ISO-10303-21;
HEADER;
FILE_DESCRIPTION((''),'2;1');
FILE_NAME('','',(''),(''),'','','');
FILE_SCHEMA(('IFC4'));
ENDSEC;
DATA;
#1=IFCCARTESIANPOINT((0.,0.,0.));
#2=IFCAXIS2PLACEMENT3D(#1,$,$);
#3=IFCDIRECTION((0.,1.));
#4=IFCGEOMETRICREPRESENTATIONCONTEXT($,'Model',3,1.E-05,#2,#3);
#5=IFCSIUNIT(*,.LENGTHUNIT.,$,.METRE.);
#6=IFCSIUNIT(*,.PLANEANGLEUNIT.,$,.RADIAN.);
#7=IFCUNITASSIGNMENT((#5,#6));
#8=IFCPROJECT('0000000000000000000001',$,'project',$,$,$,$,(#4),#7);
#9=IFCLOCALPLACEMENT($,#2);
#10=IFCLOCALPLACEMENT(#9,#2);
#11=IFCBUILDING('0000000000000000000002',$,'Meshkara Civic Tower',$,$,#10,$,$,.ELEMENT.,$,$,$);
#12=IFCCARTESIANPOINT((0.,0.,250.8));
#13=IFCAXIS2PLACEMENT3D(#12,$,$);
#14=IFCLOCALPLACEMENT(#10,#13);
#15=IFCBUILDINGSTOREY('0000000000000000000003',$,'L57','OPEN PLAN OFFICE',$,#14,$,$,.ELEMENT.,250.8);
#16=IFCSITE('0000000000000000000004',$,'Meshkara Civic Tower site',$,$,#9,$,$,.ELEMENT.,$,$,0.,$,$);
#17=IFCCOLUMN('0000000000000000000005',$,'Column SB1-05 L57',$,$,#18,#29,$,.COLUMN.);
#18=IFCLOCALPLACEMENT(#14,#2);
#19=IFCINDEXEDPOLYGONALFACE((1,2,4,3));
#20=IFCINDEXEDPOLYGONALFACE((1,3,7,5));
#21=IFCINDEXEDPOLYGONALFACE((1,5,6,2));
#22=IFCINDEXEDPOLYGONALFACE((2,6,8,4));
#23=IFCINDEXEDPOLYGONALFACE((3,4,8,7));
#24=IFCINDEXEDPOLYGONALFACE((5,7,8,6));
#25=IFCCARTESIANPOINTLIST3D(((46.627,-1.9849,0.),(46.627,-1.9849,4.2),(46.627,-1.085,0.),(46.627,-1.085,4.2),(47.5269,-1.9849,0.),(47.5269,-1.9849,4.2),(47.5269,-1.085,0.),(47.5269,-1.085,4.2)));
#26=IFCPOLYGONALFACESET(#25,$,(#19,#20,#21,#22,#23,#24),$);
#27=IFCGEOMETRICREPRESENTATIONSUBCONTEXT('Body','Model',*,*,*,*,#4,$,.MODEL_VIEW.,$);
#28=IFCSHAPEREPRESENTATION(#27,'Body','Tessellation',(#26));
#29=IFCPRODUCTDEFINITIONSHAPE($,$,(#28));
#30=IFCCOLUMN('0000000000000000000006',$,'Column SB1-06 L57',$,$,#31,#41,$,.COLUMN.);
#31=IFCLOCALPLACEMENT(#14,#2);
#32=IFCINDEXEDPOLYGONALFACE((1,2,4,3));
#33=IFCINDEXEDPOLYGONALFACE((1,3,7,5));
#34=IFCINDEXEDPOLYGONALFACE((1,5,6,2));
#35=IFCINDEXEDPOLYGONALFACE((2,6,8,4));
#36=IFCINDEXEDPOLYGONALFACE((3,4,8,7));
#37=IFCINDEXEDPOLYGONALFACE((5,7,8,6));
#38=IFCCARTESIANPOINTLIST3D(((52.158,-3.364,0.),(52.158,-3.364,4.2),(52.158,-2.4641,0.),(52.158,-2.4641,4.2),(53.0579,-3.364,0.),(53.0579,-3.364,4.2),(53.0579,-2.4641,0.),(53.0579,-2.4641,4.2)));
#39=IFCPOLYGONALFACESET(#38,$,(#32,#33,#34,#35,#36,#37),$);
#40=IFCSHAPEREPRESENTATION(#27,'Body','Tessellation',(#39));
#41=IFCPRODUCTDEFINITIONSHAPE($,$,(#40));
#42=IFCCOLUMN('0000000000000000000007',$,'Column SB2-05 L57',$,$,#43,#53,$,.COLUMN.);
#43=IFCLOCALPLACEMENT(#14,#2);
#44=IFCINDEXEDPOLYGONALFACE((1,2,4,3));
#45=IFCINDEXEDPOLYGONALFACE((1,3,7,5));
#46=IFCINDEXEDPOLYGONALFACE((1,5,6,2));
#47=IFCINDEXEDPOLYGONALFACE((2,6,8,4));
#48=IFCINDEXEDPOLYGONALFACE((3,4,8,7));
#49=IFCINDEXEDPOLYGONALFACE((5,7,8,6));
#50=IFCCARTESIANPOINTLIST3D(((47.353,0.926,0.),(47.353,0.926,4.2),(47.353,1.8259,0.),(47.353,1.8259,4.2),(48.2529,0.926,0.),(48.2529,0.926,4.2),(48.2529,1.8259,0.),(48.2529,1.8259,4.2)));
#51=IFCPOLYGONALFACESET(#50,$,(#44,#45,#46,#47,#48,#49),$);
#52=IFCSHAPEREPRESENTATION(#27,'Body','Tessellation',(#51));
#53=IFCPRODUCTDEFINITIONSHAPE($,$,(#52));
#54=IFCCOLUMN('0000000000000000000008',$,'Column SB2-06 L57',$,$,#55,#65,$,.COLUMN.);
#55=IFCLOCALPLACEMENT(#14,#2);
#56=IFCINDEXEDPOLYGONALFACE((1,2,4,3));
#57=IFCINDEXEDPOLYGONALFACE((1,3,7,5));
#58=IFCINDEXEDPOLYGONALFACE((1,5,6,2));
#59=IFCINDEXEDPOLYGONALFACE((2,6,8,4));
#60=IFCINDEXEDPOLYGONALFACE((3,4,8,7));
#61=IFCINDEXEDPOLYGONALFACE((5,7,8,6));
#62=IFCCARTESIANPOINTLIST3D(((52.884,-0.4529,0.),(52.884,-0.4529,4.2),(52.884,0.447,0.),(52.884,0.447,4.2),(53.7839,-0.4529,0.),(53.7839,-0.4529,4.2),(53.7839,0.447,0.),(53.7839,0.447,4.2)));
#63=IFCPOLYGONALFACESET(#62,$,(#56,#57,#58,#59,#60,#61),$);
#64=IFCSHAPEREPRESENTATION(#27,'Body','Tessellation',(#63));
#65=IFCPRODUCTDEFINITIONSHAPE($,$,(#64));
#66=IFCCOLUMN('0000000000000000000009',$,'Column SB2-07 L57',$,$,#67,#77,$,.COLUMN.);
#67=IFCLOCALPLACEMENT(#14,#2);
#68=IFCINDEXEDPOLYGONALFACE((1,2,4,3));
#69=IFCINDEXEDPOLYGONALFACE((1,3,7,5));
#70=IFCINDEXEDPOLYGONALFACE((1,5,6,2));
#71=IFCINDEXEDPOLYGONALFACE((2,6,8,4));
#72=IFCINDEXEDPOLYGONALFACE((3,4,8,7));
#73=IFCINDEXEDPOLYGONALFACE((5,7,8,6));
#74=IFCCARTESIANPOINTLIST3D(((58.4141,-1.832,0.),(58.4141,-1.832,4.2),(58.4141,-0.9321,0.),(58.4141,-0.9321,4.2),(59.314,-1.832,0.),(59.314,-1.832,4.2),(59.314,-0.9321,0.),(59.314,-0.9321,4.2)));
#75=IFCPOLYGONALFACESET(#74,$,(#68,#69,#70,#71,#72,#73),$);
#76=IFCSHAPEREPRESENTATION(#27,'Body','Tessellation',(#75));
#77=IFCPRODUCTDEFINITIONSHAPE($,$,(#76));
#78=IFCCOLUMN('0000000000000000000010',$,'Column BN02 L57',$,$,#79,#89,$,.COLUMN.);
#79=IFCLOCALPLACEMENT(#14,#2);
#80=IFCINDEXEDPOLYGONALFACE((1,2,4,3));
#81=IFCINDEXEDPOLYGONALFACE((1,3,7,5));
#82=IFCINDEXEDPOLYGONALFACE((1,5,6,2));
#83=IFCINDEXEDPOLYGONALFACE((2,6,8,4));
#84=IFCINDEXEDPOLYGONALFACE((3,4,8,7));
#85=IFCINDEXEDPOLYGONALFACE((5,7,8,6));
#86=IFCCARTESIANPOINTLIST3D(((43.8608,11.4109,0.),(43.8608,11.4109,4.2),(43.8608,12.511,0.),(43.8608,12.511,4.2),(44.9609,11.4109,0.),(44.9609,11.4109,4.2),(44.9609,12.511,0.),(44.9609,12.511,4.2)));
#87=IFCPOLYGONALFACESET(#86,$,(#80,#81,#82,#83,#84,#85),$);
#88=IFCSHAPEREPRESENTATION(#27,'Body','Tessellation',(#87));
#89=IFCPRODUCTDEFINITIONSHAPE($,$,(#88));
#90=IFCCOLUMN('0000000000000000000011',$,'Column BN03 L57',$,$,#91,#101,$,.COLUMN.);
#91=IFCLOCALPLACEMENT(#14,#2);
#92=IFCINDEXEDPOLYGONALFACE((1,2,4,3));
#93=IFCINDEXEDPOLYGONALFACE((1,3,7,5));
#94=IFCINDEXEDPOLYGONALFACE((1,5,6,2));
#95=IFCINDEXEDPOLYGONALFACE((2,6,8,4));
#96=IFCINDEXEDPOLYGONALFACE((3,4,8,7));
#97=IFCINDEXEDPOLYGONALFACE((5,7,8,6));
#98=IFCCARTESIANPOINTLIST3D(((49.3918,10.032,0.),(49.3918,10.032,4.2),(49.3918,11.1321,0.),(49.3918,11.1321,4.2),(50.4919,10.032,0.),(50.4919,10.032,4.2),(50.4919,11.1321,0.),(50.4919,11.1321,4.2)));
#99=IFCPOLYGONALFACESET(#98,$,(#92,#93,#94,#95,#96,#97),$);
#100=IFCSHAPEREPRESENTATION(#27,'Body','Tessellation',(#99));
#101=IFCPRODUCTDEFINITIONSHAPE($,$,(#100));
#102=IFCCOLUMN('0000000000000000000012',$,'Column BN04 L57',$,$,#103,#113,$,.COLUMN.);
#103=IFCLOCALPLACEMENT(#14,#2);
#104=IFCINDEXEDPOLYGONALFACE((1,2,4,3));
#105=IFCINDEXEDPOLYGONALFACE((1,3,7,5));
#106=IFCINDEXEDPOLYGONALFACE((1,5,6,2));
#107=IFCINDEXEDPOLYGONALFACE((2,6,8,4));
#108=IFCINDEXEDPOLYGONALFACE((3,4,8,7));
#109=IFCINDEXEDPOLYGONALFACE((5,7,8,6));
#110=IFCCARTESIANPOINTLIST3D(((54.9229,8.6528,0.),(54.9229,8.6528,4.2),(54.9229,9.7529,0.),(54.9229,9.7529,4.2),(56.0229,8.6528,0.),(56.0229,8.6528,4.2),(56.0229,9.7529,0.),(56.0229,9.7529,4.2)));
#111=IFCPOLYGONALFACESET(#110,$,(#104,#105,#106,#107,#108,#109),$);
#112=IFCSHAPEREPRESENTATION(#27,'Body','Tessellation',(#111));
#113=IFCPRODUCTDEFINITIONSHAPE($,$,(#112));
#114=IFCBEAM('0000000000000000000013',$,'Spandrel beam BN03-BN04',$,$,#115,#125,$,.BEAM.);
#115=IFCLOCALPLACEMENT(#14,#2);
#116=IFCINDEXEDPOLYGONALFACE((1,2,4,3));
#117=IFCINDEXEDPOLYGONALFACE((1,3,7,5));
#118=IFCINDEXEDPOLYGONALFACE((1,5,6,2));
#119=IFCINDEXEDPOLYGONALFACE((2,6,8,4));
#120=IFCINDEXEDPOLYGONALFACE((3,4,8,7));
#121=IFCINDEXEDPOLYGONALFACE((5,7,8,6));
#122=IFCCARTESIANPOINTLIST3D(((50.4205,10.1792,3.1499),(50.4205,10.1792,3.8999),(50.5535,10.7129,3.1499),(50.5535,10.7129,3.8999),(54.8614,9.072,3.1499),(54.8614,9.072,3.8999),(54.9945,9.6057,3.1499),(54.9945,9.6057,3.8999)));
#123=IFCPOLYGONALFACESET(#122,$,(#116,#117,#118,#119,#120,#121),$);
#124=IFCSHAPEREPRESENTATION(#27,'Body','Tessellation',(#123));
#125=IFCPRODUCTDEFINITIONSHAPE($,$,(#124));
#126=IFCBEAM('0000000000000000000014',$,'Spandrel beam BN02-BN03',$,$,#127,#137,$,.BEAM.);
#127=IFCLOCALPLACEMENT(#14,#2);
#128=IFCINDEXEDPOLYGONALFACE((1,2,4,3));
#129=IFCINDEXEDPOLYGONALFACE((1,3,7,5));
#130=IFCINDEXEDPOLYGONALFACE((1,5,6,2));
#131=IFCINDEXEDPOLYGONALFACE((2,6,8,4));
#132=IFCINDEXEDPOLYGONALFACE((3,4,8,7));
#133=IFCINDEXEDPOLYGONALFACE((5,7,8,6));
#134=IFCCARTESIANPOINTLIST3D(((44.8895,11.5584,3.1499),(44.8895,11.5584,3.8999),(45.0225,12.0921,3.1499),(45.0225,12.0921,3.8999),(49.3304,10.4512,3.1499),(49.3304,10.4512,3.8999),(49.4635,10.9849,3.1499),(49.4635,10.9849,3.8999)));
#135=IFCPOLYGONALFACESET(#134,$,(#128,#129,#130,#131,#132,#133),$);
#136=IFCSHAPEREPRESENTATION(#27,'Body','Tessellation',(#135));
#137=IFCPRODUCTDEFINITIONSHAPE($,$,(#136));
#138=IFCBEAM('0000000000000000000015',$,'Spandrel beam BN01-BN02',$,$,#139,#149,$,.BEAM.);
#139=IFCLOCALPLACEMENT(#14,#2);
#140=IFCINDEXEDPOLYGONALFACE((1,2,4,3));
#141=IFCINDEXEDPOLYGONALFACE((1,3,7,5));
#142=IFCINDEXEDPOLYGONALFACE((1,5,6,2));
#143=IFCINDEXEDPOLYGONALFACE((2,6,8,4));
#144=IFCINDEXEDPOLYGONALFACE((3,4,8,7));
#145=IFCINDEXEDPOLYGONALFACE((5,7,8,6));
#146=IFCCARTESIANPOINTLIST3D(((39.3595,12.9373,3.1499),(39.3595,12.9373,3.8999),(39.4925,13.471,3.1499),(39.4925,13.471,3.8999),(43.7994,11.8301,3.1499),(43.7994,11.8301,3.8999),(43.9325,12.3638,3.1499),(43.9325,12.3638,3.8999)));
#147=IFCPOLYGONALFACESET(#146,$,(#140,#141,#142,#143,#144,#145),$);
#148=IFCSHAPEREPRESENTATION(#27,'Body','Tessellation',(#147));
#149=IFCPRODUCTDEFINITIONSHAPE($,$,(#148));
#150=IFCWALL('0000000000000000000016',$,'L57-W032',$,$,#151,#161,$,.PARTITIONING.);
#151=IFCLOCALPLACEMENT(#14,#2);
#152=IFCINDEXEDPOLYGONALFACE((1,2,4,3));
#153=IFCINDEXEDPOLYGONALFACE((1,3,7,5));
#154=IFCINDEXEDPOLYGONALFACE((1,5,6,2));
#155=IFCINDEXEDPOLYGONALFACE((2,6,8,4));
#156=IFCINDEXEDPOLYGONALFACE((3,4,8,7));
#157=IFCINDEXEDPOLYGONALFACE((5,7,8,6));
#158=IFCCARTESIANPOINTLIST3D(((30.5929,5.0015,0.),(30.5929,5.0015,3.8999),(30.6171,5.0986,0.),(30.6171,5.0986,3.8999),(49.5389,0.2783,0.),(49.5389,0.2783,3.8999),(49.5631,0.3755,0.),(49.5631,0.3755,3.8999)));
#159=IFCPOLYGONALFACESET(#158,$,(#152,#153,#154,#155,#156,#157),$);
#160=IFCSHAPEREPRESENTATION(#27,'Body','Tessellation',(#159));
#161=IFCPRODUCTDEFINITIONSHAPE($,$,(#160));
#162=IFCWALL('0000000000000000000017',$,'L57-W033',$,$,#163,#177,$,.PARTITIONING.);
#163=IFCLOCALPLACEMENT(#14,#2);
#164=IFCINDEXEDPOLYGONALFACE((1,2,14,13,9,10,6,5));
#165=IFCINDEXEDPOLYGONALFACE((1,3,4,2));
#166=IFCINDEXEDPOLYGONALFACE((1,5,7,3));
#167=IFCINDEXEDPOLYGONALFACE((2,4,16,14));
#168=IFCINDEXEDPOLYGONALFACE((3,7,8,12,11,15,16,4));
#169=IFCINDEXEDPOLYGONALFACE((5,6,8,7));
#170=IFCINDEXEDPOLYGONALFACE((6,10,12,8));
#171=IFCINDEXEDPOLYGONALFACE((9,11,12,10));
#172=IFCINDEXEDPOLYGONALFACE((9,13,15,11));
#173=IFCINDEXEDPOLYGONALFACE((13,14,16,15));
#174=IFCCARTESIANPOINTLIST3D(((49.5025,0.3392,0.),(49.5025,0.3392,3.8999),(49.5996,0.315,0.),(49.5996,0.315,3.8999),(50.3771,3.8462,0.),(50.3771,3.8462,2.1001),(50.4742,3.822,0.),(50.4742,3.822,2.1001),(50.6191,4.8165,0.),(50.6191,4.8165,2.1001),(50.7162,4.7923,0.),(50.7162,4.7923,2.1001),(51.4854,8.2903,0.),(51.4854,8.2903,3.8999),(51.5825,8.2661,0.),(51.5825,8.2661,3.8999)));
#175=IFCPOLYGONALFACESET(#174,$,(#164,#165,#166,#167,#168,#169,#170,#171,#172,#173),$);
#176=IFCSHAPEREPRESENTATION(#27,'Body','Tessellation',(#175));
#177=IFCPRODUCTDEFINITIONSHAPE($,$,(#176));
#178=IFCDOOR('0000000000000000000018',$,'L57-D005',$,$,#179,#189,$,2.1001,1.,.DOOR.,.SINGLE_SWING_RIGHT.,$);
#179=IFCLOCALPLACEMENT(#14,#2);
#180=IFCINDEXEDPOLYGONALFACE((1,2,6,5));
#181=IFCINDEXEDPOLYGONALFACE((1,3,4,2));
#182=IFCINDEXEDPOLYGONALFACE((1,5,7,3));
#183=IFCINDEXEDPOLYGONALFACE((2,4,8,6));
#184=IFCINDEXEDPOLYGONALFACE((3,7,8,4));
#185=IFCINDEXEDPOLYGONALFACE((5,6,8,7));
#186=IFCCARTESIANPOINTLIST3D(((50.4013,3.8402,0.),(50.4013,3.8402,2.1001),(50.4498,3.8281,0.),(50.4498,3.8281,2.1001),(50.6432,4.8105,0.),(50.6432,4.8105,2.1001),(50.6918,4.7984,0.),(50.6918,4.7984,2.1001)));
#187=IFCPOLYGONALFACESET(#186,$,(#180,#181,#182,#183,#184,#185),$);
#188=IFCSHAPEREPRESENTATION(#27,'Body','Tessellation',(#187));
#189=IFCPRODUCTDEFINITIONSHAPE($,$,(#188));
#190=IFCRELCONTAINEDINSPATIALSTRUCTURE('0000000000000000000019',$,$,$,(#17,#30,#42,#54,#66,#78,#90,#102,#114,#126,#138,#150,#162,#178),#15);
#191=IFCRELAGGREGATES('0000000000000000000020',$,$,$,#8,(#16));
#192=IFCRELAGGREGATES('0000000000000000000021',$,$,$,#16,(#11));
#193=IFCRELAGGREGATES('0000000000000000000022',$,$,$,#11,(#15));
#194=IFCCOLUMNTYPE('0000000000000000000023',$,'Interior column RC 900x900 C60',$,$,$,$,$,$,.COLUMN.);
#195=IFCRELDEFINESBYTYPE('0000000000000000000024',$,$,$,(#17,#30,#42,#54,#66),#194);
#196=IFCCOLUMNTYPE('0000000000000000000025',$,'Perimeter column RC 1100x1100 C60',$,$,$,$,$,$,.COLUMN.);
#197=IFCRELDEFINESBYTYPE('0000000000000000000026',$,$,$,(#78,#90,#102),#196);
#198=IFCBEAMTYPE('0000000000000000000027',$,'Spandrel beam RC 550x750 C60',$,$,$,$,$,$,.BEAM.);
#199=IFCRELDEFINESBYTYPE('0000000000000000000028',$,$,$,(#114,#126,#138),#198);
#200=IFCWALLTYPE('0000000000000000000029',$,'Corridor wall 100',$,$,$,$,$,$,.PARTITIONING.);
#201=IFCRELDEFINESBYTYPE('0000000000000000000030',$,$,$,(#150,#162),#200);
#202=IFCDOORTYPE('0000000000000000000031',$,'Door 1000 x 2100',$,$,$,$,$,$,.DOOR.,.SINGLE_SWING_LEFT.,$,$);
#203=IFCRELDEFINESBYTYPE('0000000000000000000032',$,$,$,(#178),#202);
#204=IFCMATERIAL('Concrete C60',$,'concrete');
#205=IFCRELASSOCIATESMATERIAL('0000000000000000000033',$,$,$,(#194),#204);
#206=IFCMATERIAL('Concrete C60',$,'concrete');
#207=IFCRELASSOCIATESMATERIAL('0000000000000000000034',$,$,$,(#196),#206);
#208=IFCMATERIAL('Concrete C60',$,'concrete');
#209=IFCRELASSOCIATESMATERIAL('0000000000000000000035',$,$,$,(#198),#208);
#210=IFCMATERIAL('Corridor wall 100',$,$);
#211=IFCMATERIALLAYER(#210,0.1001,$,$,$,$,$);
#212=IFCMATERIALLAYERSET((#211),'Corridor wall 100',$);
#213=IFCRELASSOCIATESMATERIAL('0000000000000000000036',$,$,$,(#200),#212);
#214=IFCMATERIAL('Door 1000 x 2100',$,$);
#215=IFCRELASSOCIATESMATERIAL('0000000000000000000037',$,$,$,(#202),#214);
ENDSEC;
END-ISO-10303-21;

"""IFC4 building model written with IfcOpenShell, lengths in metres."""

from ifc_helpers import new_model, si_unit, direction, frame, frame_2d, origin, origin_2d, place, context, subcontext, project, spatial, rectangle, extrude, material, layer, layer_set, material_profile, profile_set, type_object, element, fill, save


model = new_model("IFC4")

# Units and contexts
model_context = context("Model", 3, precision=1e-05, world=origin(), true_north=direction((0.0, 1.0)))
body_context = subcontext(model_context, "Body", "Model", "MODEL_VIEW")
ifc_project = project(units=[si_unit("LENGTHUNIT", "METRE"), si_unit("PLANEANGLEUNIT", "RADIAN")], contexts=[model_context])

# Site, building, storey
site_placement = place(None, origin())
site = spatial("IfcSite", under=ifc_project, at=site_placement, Name="Meshkara Civic Tower site", CompositionType="ELEMENT", RefElevation=0.0)
building_placement = place(site_placement, origin())
building = spatial("IfcBuilding", under=site, at=building_placement, Name="Meshkara Civic Tower", CompositionType="ELEMENT")
storey_placement = place(building_placement, frame((0.0, 0.0, 250.8)))
storey = spatial("IfcBuildingStorey", under=building, at=storey_placement, Name="L57", Description="OPEN PLAN OFFICE", CompositionType="ELEMENT", Elevation=250.8)

# Columns
ifc_material_1 = material(Name="Concrete C60", Category="concrete")
ifc_material_profile_1 = material_profile(ifc_material_1, rectangle(XDim=0.8999, YDim=0.8999, at=origin_2d()))
ifc_profile_set_1 = profile_set([ifc_material_profile_1], Name="Concrete C60")
column_type_1 = type_object("IfcColumnType", Name="Interior column RC 900x900 C60", PredefinedType="COLUMN", material=ifc_profile_set_1)
for number, where, z_axis, x_axis, name in (
    (1, (47.0769, -1.5349, 0.0), (0.0, 0.0, 1.0), (1.0, 0.0, 0.0), "Column SB1-05 L57"),
    (2, (52.6079, -2.9141, 0.0), (0.0, 0.0, 1.0), (1.0, 0.0, 0.0), "Column SB1-06 L57"),
    (3, (47.803, 1.376, 0.0), (0.0, 0.0, 1.0), (1.0, 0.0, 0.0), "Column SB2-05 L57"),
    (4, (53.334, -0.0029, 0.0), (0.0, 0.0, 1.0), (1.0, 0.0, 0.0), "Column SB2-06 L57"),
    (5, (58.864, -1.3821, 0.0), (0.0, 0.0, 1.0), (1.0, 0.0, 0.0), "Column SB2-07 L57"),
):
    element("IfcColumn", number, at=place(storey_placement, frame(where, z_axis=z_axis, x_axis=x_axis)), inside=storey, type_object=column_type_1, Name=name, PredefinedType="COLUMN", context=body_context, shape_type="SweptSolid", body=[
        extrude(rectangle(XDim=0.8999, YDim=0.8999, at=origin_2d()), origin(), (0.0, 0.0, 1.0), 4.2),
    ])
ifc_material_2 = material(Name="Concrete C60", Category="concrete")
ifc_material_profile_2 = material_profile(ifc_material_2, rectangle(XDim=1.1001, YDim=1.1001, at=origin_2d()))
ifc_profile_set_2 = profile_set([ifc_material_profile_2], Name="Concrete C60")
column_type_2 = type_object("IfcColumnType", Name="Perimeter column RC 1100x1100 C60", PredefinedType="COLUMN", material=ifc_profile_set_2)
for number, where, z_axis, x_axis, name in (
    (6, (44.4109, 11.9609, 0.0), (0.0, 0.0, 1.0), (1.0, 0.0, 0.0), "Column BN02 L57"),
    (7, (49.9419, 10.582, 0.0), (0.0, 0.0, 1.0), (1.0, 0.0, 0.0), "Column BN03 L57"),
    (8, (55.4729, 9.2029, 0.0), (0.0, 0.0, 1.0), (1.0, 0.0, 0.0), "Column BN04 L57"),
):
    element("IfcColumn", number, at=place(storey_placement, frame(where, z_axis=z_axis, x_axis=x_axis)), inside=storey, type_object=column_type_2, Name=name, PredefinedType="COLUMN", context=body_context, shape_type="SweptSolid", body=[
        extrude(rectangle(XDim=1.1001, YDim=1.1001, at=origin_2d()), origin(), (0.0, 0.0, 1.0), 4.2),
    ])

# Beams
ifc_material_3 = material(Name="Concrete C60", Category="concrete")
ifc_material_profile_3 = material_profile(ifc_material_3, rectangle(XDim=0.55, YDim=0.75, at=origin_2d()))
ifc_profile_set_3 = profile_set([ifc_material_profile_3], Name="Concrete C60")
beam_type = type_object("IfcBeamType", Name="Spandrel beam RC 550x750 C60", PredefinedType="BEAM", material=ifc_profile_set_3)
for number, where, z_axis, x_axis, name in (
    (9, (54.928, 9.3389, 3.5249), (-0.970299, 0.241908, 0.0), (-0.241908, -0.970299, 0.0), "Spandrel beam BN03-BN04"),
    (10, (49.397, 10.718, 3.5249), (-0.970299, 0.241908, 0.0), (-0.241908, -0.970299, 0.0), "Spandrel beam BN02-BN03"),
):
    element("IfcBeam", number, at=place(storey_placement, frame(where, z_axis=z_axis, x_axis=x_axis)), inside=storey, type_object=beam_type, Name=name, PredefinedType="BEAM", context=body_context, shape_type="SweptSolid", body=[
        extrude(rectangle(XDim=0.55, YDim=0.75, at=origin_2d()), origin(), (0.0, 0.0, 1.0), 4.5769),
    ])
beam_placement = place(storey_placement, frame((43.866, 12.0969, 3.5249), z_axis=(-0.970287, 0.241958, 0.0), x_axis=(-0.241958, -0.970287, 0.0)))
element("IfcBeam", 11, at=beam_placement, inside=storey, type_object=beam_type, Name="Spandrel beam BN01-BN02", PredefinedType="BEAM", context=body_context, shape_type="SweptSolid", body=[
    extrude(rectangle(XDim=0.55, YDim=0.75, at=origin_2d()), origin(), (0.0, 0.0, 1.0), 4.5759),
])

# Wall
ifc_material_4 = material(Name="Corridor wall 100")
ifc_layer_1 = layer(ifc_material_4, 0.1001)
ifc_layer_set_1 = layer_set([ifc_layer_1], Name="Corridor wall 100")
wall_type_1 = type_object("IfcWallType", Name="Corridor wall 100", PredefinedType="PARTITIONING", material=ifc_layer_set_1)
wall_1_placement = place(storey_placement, frame((49.551, 0.3269, 0.0), z_axis=(0.0, 0.0, 1.0), x_axis=(-0.970303, 0.241891, 0.0)))
element("IfcWall", 12, at=wall_1_placement, inside=storey, type_object=wall_type_1, Name="L57-W032", PredefinedType="PARTITIONING", context=body_context, shape_type="SweptSolid", body=[
    extrude(rectangle(XDim=19.5259, YDim=0.1001, at=frame_2d((9.7629, 0.0))), origin(), (0.0, 0.0, 1.0), 3.8999),
])

# Wall, opening, door
wall_2_placement = place(storey_placement, frame((51.5339, 8.2781, 0.0), z_axis=(0.0, 0.0, 1.0), x_axis=(-0.241975, -0.970283, 0.0)))
wall_2 = element("IfcWall", 13, at=wall_2_placement, inside=storey, type_object=wall_type_1, Name="L57-W033", PredefinedType="PARTITIONING", context=body_context, shape_type="SweptSolid", body=[
    extrude(rectangle(XDim=8.1946, YDim=0.1001, at=frame_2d((4.0972, 0.0))), origin(), (0.0, 0.0, 1.0), 3.8999),
])
opening_1_placement = place(wall_2_placement, frame((3.5801, 0.0, 0.0)))
opening_1 = element("IfcOpeningElement", 14, at=opening_1_placement, cuts=wall_2, PredefinedType="OPENING", context=body_context, shape_type="SweptSolid", body=[
    extrude(rectangle(XDim=1.0, YDim=2.1001, at=frame_2d((0.5, 1.05))), frame((0.0, 0.0601, 0.0), z_axis=(0.0, -1.0, 0.0), x_axis=(1.0, 0.0, 0.0)), (0.0, 0.0, 1.0), 0.1201),
])
ifc_material_5 = material(Name="Door 1000 x 2100")
door_type = type_object("IfcDoorType", Name="Door 1000 x 2100", OperationType="SINGLE_SWING_LEFT", PredefinedType="DOOR", material=ifc_material_5)
door_1_placement = place(opening_1_placement, origin())
door_1 = element("IfcDoor", 15, at=door_1_placement, inside=storey, type_object=door_type, Name="L57-D005", OperationType="SINGLE_SWING_RIGHT", OverallHeight=2.1001, OverallWidth=1.0, PredefinedType="DOOR", context=body_context, shape_type="SweptSolid", body=[
    extrude(rectangle(XDim=1.0, YDim=2.1001, at=frame_2d((0.5, 1.05))), frame((0.0, 0.0249, 0.0), z_axis=(0.0, -1.0, 0.0), x_axis=(1.0, 0.0, 0.0)), (0.0, 0.0, 1.0), 0.05),
])
fill(opening_1, door_1)

save(model, "model.ifc")
